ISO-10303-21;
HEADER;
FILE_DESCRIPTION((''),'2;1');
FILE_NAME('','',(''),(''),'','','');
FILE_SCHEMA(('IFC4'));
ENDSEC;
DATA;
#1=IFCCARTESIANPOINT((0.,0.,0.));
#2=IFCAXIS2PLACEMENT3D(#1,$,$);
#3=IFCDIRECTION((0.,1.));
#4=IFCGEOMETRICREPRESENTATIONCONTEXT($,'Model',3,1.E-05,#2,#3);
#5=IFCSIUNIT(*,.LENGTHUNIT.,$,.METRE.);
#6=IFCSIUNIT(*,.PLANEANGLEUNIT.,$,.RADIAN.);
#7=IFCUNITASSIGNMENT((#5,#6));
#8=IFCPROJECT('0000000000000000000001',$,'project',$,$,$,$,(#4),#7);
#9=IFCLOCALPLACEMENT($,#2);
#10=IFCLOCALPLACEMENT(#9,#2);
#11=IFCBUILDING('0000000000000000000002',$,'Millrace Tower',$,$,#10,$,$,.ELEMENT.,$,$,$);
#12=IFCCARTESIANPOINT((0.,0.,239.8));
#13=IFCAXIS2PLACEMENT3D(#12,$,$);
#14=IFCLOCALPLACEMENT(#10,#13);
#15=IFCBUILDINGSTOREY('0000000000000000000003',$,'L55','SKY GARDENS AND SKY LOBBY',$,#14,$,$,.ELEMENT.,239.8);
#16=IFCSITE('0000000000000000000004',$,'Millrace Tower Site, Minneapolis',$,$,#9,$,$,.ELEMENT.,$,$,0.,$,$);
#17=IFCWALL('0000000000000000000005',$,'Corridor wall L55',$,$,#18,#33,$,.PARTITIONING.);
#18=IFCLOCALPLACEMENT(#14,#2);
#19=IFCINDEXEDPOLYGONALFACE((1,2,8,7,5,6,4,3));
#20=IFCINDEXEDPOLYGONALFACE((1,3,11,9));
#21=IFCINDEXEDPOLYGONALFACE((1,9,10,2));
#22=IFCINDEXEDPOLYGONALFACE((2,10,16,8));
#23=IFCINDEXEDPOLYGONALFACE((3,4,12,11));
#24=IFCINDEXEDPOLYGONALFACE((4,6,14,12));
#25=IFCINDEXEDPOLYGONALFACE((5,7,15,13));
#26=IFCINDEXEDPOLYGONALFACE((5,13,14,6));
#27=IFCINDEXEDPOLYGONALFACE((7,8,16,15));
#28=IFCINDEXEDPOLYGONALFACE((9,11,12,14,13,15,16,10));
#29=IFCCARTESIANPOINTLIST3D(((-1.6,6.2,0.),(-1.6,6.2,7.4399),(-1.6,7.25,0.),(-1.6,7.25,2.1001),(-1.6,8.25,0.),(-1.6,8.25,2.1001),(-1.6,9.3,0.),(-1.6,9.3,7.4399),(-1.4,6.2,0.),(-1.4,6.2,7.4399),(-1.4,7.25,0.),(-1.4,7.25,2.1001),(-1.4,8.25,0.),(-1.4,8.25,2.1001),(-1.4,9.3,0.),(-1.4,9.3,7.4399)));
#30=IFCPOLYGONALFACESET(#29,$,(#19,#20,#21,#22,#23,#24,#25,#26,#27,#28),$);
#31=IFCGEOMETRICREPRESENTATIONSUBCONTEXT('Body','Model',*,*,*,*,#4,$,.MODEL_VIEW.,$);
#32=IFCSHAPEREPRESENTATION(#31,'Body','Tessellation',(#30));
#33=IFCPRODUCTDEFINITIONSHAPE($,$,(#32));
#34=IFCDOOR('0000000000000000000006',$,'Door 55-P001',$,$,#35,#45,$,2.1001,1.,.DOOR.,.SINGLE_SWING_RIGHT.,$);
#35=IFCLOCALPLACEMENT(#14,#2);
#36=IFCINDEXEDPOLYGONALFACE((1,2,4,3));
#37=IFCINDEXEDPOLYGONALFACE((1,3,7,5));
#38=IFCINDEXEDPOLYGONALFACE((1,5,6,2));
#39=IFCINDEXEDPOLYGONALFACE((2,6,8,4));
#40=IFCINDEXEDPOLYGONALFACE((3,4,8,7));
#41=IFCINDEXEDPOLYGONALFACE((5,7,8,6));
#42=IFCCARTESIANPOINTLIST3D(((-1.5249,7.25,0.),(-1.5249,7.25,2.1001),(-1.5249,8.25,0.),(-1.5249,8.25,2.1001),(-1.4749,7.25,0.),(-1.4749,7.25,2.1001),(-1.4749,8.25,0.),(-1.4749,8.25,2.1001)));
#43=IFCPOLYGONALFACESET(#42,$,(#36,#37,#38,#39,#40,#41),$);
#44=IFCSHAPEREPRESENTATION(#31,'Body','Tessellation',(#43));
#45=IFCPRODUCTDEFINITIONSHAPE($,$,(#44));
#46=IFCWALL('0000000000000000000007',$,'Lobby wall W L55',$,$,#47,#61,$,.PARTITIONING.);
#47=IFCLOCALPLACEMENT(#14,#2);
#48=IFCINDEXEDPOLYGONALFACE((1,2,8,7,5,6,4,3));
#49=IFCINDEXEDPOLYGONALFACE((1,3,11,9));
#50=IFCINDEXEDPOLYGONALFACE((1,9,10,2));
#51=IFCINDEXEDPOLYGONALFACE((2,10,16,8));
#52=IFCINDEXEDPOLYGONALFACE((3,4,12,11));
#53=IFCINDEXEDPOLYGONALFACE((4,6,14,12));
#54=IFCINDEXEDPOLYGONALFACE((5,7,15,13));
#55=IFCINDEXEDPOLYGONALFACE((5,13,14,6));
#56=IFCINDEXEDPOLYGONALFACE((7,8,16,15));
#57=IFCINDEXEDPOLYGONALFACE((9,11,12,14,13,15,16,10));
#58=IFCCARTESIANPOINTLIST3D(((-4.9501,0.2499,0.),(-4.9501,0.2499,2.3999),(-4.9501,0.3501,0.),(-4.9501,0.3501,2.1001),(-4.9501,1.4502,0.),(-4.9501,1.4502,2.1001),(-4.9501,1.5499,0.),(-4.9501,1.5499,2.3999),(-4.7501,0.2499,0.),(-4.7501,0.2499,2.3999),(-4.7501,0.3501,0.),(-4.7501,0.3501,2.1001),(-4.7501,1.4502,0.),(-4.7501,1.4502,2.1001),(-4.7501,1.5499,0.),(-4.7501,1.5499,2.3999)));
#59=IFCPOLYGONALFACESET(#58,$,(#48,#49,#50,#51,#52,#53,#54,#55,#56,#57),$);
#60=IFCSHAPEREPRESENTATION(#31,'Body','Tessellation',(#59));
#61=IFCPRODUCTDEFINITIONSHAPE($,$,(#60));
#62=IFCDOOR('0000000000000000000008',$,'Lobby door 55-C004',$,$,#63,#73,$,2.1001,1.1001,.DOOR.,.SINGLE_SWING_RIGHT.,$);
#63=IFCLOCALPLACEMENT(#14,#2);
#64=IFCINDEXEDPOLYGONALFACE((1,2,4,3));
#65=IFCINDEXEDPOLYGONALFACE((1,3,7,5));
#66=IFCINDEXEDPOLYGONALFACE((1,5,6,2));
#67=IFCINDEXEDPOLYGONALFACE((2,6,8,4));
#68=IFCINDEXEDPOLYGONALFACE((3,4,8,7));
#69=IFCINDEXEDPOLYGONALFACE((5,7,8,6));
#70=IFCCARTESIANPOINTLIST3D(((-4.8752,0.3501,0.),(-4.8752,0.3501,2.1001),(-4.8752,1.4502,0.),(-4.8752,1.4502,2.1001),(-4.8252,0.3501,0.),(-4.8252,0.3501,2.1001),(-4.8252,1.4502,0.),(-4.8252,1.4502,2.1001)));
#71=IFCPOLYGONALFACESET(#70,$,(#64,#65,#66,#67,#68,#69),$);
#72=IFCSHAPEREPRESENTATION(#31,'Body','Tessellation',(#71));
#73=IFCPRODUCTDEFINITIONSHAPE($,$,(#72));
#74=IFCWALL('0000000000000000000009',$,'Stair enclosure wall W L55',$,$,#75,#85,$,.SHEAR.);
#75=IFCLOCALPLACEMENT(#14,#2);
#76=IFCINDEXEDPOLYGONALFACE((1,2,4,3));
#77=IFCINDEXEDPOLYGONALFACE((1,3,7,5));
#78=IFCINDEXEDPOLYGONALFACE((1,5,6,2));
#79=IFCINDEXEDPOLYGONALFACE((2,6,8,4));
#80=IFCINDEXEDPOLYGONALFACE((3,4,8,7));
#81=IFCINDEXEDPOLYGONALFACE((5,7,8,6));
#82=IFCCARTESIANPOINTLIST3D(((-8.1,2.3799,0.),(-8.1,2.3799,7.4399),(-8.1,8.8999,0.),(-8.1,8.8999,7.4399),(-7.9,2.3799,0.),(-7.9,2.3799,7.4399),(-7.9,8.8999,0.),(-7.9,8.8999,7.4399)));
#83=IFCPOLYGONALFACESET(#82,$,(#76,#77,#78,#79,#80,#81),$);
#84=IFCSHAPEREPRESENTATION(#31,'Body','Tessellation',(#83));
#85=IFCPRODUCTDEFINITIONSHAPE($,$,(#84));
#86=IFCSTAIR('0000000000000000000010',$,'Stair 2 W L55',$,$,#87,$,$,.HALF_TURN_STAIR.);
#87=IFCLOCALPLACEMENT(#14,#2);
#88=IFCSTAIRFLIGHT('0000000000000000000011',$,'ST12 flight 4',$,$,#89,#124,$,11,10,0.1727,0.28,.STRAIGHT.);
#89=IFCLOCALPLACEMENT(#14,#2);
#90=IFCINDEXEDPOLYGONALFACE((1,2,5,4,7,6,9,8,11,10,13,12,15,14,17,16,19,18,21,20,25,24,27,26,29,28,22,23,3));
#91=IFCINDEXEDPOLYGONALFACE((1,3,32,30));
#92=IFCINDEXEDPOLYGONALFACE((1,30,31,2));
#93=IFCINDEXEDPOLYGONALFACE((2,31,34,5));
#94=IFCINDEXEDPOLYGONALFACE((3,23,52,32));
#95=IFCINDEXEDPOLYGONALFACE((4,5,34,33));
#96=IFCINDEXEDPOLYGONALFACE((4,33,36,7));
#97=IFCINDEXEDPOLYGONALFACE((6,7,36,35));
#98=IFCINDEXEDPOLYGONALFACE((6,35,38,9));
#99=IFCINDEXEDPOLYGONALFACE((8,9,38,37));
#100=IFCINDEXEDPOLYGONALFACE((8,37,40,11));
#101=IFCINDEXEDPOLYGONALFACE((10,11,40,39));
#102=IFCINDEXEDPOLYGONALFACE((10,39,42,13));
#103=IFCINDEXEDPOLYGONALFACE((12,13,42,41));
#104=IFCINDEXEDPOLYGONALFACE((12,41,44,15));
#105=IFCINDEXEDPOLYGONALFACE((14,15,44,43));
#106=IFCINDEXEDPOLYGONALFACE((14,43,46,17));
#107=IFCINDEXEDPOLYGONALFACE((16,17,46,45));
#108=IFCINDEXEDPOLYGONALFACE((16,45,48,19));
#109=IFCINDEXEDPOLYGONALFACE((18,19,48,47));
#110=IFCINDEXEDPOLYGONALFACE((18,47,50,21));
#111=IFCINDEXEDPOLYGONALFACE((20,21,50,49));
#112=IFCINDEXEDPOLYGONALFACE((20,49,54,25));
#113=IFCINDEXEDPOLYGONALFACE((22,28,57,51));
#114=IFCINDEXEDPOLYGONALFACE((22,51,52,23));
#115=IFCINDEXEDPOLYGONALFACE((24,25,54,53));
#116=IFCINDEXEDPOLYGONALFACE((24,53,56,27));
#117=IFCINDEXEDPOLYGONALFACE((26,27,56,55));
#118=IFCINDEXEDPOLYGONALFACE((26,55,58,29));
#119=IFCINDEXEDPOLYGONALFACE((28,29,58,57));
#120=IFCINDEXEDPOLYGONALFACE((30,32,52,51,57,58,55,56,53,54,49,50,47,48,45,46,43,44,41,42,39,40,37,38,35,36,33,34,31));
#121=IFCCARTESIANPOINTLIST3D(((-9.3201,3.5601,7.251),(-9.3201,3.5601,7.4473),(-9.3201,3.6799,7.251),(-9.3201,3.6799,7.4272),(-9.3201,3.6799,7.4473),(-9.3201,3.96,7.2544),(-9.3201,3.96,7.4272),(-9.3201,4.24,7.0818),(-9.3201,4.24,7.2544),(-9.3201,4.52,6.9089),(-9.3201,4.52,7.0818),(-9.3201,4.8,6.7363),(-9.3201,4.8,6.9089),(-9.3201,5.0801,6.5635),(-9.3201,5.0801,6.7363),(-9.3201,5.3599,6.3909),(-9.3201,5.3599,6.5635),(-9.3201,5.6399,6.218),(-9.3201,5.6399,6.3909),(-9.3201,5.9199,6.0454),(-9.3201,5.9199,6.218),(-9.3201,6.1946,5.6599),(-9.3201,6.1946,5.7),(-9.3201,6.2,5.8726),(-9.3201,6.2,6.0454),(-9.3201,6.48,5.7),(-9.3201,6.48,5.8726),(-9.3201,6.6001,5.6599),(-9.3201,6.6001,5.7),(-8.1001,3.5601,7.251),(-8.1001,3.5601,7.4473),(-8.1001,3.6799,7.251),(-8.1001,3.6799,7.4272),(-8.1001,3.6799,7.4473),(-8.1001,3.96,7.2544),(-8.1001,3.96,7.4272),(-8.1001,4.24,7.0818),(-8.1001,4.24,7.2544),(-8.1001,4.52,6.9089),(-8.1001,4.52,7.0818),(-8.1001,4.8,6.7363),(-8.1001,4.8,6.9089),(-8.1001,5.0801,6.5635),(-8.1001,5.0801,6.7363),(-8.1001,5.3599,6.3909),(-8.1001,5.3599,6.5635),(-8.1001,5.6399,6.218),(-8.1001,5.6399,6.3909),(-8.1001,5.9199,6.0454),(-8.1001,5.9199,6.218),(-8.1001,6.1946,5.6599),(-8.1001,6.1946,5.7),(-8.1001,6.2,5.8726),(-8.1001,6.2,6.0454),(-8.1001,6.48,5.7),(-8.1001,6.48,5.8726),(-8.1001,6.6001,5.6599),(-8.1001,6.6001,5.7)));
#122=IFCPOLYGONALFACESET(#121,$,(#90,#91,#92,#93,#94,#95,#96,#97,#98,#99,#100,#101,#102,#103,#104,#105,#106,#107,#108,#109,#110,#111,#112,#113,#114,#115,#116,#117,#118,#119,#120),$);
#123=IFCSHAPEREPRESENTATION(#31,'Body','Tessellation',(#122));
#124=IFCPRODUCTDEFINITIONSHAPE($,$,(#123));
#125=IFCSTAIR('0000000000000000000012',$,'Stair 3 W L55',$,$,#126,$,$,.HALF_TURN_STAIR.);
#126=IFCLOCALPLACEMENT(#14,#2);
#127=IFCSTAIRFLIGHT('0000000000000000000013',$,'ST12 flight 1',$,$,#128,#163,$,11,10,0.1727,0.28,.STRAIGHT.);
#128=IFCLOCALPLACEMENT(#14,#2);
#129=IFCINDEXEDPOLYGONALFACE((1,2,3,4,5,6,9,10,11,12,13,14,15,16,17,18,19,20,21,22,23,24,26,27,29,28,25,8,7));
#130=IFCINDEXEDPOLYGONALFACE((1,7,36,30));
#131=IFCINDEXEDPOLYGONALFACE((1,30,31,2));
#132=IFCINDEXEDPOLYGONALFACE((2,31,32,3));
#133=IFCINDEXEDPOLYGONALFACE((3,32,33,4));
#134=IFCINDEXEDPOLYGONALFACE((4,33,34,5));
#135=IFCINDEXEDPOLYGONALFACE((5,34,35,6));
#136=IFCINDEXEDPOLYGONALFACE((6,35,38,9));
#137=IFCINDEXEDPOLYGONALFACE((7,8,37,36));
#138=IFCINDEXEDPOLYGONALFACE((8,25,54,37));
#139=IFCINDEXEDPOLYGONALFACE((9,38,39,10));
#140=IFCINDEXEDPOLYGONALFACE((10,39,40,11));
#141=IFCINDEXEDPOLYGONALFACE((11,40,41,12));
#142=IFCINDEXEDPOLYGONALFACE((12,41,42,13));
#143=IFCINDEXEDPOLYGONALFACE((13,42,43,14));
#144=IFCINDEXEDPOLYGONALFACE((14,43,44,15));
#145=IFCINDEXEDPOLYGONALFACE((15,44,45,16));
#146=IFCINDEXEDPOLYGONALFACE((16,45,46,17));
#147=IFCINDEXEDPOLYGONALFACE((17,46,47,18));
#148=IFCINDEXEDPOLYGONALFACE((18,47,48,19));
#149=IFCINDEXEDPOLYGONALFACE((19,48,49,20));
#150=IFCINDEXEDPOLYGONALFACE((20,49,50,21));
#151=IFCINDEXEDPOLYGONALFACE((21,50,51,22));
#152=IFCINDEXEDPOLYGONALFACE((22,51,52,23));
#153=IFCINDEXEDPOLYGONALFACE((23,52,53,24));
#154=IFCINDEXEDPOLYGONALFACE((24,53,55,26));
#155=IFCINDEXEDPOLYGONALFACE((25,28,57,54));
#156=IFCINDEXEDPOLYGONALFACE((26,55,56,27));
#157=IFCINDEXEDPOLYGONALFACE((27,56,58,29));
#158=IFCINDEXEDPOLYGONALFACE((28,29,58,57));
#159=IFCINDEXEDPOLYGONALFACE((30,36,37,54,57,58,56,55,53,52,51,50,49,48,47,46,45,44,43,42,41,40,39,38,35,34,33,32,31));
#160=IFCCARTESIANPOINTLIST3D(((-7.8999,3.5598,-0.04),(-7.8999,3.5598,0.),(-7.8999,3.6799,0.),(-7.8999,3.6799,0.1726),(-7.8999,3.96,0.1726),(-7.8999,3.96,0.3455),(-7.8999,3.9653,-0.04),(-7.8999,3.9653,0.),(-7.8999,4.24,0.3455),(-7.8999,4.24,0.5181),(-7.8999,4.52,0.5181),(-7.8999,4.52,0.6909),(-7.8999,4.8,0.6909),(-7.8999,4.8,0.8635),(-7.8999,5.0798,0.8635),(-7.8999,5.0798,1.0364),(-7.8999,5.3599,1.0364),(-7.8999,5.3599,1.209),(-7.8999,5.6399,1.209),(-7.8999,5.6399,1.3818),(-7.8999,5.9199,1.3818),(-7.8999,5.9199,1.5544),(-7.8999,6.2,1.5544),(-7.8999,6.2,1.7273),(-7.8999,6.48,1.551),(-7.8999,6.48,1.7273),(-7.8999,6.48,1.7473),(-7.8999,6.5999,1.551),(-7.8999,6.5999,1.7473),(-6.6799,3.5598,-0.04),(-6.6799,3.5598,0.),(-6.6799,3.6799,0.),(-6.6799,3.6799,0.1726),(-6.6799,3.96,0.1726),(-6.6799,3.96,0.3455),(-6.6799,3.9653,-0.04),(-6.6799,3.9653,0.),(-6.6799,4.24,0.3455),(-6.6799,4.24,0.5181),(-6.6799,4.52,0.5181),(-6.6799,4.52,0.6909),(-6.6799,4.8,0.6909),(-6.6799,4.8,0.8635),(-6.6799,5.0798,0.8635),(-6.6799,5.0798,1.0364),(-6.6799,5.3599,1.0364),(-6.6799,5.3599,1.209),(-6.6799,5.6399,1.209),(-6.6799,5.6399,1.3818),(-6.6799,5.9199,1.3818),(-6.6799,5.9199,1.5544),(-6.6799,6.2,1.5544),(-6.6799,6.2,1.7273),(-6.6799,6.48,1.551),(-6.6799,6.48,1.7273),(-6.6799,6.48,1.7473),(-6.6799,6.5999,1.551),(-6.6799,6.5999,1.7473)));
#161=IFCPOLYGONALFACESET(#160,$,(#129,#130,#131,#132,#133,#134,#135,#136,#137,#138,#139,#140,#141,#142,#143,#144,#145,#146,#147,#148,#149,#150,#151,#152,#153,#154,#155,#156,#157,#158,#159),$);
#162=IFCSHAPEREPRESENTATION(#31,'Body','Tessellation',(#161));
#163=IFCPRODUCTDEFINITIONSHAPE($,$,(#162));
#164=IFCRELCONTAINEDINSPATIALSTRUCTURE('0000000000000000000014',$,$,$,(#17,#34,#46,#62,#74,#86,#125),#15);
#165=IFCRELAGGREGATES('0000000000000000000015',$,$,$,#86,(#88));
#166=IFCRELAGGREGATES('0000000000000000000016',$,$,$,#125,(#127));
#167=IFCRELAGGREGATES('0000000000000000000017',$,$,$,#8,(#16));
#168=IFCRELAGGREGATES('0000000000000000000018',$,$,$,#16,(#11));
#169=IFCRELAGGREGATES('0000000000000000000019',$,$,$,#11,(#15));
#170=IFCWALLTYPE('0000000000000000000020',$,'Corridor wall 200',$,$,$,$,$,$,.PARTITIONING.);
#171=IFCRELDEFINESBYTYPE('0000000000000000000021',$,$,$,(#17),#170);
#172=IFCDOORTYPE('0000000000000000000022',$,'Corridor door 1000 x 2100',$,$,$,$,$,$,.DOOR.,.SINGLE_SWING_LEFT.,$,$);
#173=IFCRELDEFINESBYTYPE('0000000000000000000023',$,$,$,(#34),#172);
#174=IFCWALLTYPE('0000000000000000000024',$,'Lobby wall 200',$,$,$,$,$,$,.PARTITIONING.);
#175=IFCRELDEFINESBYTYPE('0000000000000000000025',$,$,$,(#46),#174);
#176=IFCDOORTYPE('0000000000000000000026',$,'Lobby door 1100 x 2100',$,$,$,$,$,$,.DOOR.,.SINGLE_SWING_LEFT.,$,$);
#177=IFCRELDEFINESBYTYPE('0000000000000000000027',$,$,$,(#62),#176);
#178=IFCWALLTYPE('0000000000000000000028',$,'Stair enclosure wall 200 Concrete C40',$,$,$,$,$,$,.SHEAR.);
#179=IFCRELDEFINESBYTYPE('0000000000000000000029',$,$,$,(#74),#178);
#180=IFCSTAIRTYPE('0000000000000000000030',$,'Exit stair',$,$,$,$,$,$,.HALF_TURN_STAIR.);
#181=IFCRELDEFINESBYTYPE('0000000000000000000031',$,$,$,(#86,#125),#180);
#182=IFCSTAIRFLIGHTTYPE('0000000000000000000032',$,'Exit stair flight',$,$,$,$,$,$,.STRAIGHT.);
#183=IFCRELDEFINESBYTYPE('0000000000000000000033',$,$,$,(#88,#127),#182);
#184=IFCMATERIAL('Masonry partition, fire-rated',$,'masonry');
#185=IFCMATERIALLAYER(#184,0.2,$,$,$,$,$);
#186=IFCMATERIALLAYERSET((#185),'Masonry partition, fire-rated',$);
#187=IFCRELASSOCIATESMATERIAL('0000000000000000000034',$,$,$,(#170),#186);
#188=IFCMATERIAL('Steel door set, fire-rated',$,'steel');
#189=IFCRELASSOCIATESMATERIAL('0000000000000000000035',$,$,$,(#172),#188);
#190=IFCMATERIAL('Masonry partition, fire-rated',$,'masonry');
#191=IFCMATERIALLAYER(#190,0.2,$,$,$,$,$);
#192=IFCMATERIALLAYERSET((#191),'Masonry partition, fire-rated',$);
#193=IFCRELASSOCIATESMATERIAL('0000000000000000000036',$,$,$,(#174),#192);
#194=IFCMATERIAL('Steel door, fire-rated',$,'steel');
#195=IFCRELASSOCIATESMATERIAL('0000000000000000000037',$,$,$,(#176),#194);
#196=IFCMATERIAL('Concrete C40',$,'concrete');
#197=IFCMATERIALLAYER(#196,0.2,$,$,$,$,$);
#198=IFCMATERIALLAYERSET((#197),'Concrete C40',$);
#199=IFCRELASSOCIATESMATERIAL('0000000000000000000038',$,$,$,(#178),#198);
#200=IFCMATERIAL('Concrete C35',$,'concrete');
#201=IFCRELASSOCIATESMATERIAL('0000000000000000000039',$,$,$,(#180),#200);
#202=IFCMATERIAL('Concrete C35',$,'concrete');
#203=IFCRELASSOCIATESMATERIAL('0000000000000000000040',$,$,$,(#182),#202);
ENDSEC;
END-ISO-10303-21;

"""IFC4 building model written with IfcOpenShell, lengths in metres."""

from ifc_helpers import new_model, si_unit, direction, frame, frame_2d, origin, place, context, subcontext, project, spatial, polyline, rectangle, outline, extrude, material, layer, layer_set, type_object, element, fill, aggregate, save


model = new_model("IFC4")

# Units and contexts
model_context = context("Model", 3, precision=1e-05, world=origin(), true_north=direction((0.0, 1.0)))
body_context = subcontext(model_context, "Body", "Model", "MODEL_VIEW")
ifc_project = project(units=[si_unit("LENGTHUNIT", "METRE"), si_unit("PLANEANGLEUNIT", "RADIAN")], contexts=[model_context])

# Site, building, storey
site_placement = place(None, origin())
site = spatial("IfcSite", under=ifc_project, at=site_placement, Name="Millrace Tower Site, Minneapolis", CompositionType="ELEMENT", RefElevation=0.0)
building_placement = place(site_placement, origin())
building = spatial("IfcBuilding", under=site, at=building_placement, Name="Millrace Tower", CompositionType="ELEMENT")
storey_placement = place(building_placement, frame((0.0, 0.0, 239.8)))
storey = spatial("IfcBuildingStorey", under=building, at=storey_placement, Name="L55", Description="SKY GARDENS AND SKY LOBBY", CompositionType="ELEMENT", Elevation=239.8)

# Shared definitions
placement_1 = place(storey_placement, origin())

# Shared definitions
ifc_material_1 = material(Name="Masonry partition, fire-rated", Category="masonry")
ifc_layer_1 = layer(ifc_material_1, 0.2)
ifc_layer_set_1 = layer_set([ifc_layer_1], Name="Masonry partition, fire-rated")
wall_type_1 = type_object("IfcWallType", Name="Corridor wall 200", PredefinedType="PARTITIONING", material=ifc_layer_set_1)

# Walls, openings, doors
wall_1_placement = place(storey_placement, frame((-1.5, 6.2, 0.0), z_axis=(0.0, 0.0, 1.0), x_axis=(0.0, 1.0, 0.0)))
wall_1 = element("IfcWall", 1, at=wall_1_placement, inside=storey, type_object=wall_type_1, Name="Corridor wall L55", PredefinedType="PARTITIONING", context=body_context, shape_type="SweptSolid", body=[
    extrude(rectangle(XDim=3.1001, YDim=0.2, at=frame_2d((1.55, 0.0))), origin(), (0.0, 0.0, 1.0), 7.4399),
])
opening_1_placement = place(wall_1_placement, frame((1.05, 0.0, 0.0)))
opening_1 = element("IfcOpeningElement", 2, at=opening_1_placement, cuts=wall_1, PredefinedType="OPENING", context=body_context, shape_type="SweptSolid", body=[
    extrude(rectangle(XDim=1.0, YDim=2.1001, at=frame_2d((0.5, 1.05))), frame((0.0, 0.1099, 0.0), z_axis=(0.0, -1.0, 0.0), x_axis=(1.0, 0.0, 0.0)), (0.0, 0.0, 1.0), 0.22),
])
ifc_material_2 = material(Name="Steel door set, fire-rated", Category="steel")
door_type_1 = type_object("IfcDoorType", Name="Corridor door 1000 x 2100", OperationType="SINGLE_SWING_LEFT", PredefinedType="DOOR", material=ifc_material_2)
door_1_placement = place(opening_1_placement, origin())
door_1 = element("IfcDoor", 3, at=door_1_placement, inside=storey, type_object=door_type_1, Name="Door 55-P001", OperationType="SINGLE_SWING_RIGHT", OverallHeight=2.1001, OverallWidth=1.0, PredefinedType="DOOR", context=body_context, shape_type="SweptSolid", body=[
    extrude(rectangle(XDim=1.0, YDim=2.1001, at=frame_2d((0.5, 1.05))), frame((0.0, 0.0249, 0.0), z_axis=(0.0, -1.0, 0.0), x_axis=(1.0, 0.0, 0.0)), (0.0, 0.0, 1.0), 0.05),
])
fill(opening_1, door_1)
ifc_material_3 = material(Name="Masonry partition, fire-rated", Category="masonry")
ifc_layer_2 = layer(ifc_material_3, 0.2)
ifc_layer_set_2 = layer_set([ifc_layer_2], Name="Masonry partition, fire-rated")
wall_type_2 = type_object("IfcWallType", Name="Lobby wall 200", PredefinedType="PARTITIONING", material=ifc_layer_set_2)
wall_2_placement = place(storey_placement, frame((-4.8501, 0.25, 0.0), z_axis=(0.0, 0.0, 1.0), x_axis=(0.0, 1.0, 0.0)))
wall_2 = element("IfcWall", 4, at=wall_2_placement, inside=storey, type_object=wall_type_2, Name="Lobby wall W L55", PredefinedType="PARTITIONING", context=body_context, shape_type="SweptSolid", body=[
    extrude(rectangle(XDim=1.3, YDim=0.2, at=frame_2d((0.6499, 0.0))), origin(), (0.0, 0.0, 1.0), 2.3999),
])
opening_2_placement = place(wall_2_placement, frame((0.1001, 0.0, 0.0)))
opening_2 = element("IfcOpeningElement", 5, at=opening_2_placement, cuts=wall_2, PredefinedType="OPENING", context=body_context, shape_type="SweptSolid", body=[
    extrude(rectangle(XDim=1.1001, YDim=2.1001, at=frame_2d((0.55, 1.05))), frame((0.0, 0.1099, 0.0), z_axis=(0.0, -1.0, 0.0), x_axis=(1.0, 0.0, 0.0)), (0.0, 0.0, 1.0), 0.22),
])
ifc_material_4 = material(Name="Steel door, fire-rated", Category="steel")
door_type_2 = type_object("IfcDoorType", Name="Lobby door 1100 x 2100", OperationType="SINGLE_SWING_LEFT", PredefinedType="DOOR", material=ifc_material_4)
door_2_placement = place(opening_2_placement, frame((1.1001, 0.0, 0.0), z_axis=(0.0, 0.0, 1.0), x_axis=(-1.0, 0.0, 0.0)))
door_2 = element("IfcDoor", 6, at=door_2_placement, inside=storey, type_object=door_type_2, Name="Lobby door 55-C004", OperationType="SINGLE_SWING_RIGHT", OverallHeight=2.1001, OverallWidth=1.1001, PredefinedType="DOOR", context=body_context, shape_type="SweptSolid", body=[
    extrude(rectangle(XDim=1.1001, YDim=2.1001, at=frame_2d((0.55, 1.05))), frame((0.0, 0.0249, 0.0), z_axis=(0.0, -1.0, 0.0), x_axis=(1.0, 0.0, 0.0)), (0.0, 0.0, 1.0), 0.05),
])
fill(opening_2, door_2)

# Wall
ifc_material_5 = material(Name="Concrete C40", Category="concrete")
ifc_layer_3 = layer(ifc_material_5, 0.2)
ifc_layer_set_3 = layer_set([ifc_layer_3], Name="Concrete C40")
wall_type_3 = type_object("IfcWallType", Name="Stair enclosure wall 200 Concrete C40", PredefinedType="SHEAR", material=ifc_layer_set_3)
wall_3_placement = place(storey_placement, frame((-8.0, 2.3799, 0.0), z_axis=(0.0, 0.0, 1.0), x_axis=(0.0, 1.0, 0.0)))
element("IfcWall", 7, at=wall_3_placement, inside=storey, type_object=wall_type_3, Name="Stair enclosure wall W L55", PredefinedType="SHEAR", context=body_context, shape_type="SweptSolid", body=[
    extrude(rectangle(XDim=6.52, YDim=0.2, at=frame_2d((3.26, 0.0))), origin(), (0.0, 0.0, 1.0), 7.4399),
])

# Stair, stair flight
ifc_material_6 = material(Name="Concrete C35", Category="concrete")
stair_type = type_object("IfcStairType", Name="Exit stair", PredefinedType="HALF_TURN_STAIR", material=ifc_material_6)
stair_1 = element("IfcStair", 8, at=placement_1, inside=storey, type_object=stair_type, Name="Stair 2 W L55", PredefinedType="HALF_TURN_STAIR")
ifc_material_7 = material(Name="Concrete C35", Category="concrete")
stair_flight_type = type_object("IfcStairFlightType", Name="Exit stair flight", PredefinedType="STRAIGHT", material=ifc_material_7)
stair_flight_1_placement = place(storey_placement, frame((-8.71, 6.48, 5.7), z_axis=(0.0, 0.0, 1.0), x_axis=(0.0, -1.0, 0.0)))
stair_flight_1 = element("IfcStairFlight", 9, at=stair_flight_1_placement, type_object=stair_flight_type, Name="ST12 flight 4", NumberOfRisers=11, NumberOfTreads=10, PredefinedType="STRAIGHT", RiserHeight=0.1727, TreadLength=0.28, context=body_context, shape_type="SweptSolid", body=[
    extrude(outline(polyline([(-0.1201, -0.04), (-0.1201, 0.0), (0.0, 0.0), (0.0, 0.1726), (0.28, 0.1726), (0.28, 0.3455), (0.5601, 0.3455), (0.5601, 0.5181), (0.8401, 0.5181), (0.8401, 0.6909), (1.1201, 0.6909), (1.1201, 0.8635), (1.3999, 0.8635), (1.3999, 1.0364), (1.6799, 1.0364), (1.6799, 1.209), (1.96, 1.209), (1.96, 1.3818), (2.24, 1.3818), (2.24, 1.5544), (2.52, 1.5544), (2.52, 1.7273), (2.8, 1.7273), (2.8, 1.7473), (2.9199, 1.7473), (2.9199, 1.551), (2.8, 1.551), (0.2854, 0.0), (0.2854, -0.04), (-0.1201, -0.04)])), frame((0.0, 0.6099, 0.0), z_axis=(0.0, -1.0, 0.0), x_axis=(1.0, 0.0, 0.0)), (0.0, 0.0, 1.0), 1.22),
])
aggregate(stair_1, [stair_flight_1])

# Stair, stair flight
stair_2 = element("IfcStair", 10, at=placement_1, inside=storey, type_object=stair_type, Name="Stair 3 W L55", PredefinedType="HALF_TURN_STAIR")
stair_flight_2_placement = place(storey_placement, frame((-7.29, 3.6799, 0.0), z_axis=(0.0, 0.0, 1.0), x_axis=(0.0, 1.0, 0.0)))
stair_flight_2 = element("IfcStairFlight", 11, at=stair_flight_2_placement, type_object=stair_flight_type, Name="ST12 flight 1", NumberOfRisers=11, NumberOfTreads=10, PredefinedType="STRAIGHT", RiserHeight=0.1727, TreadLength=0.28, context=body_context, shape_type="SweptSolid", body=[
    extrude(outline(polyline([(-0.1201, -0.04), (-0.1201, 0.0), (0.0, 0.0), (0.0, 0.1726), (0.28, 0.1726), (0.28, 0.3455), (0.5601, 0.3455), (0.5601, 0.5181), (0.8401, 0.5181), (0.8401, 0.6909), (1.1201, 0.6909), (1.1201, 0.8635), (1.3999, 0.8635), (1.3999, 1.0364), (1.6799, 1.0364), (1.6799, 1.209), (1.96, 1.209), (1.96, 1.3818), (2.24, 1.3818), (2.24, 1.5544), (2.52, 1.5544), (2.52, 1.7273), (2.8, 1.7273), (2.8, 1.7473), (2.9199, 1.7473), (2.9199, 1.551), (2.8, 1.551), (0.2854, 0.0), (0.2854, -0.04), (-0.1201, -0.04)])), frame((0.0, 0.6099, 0.0), z_axis=(0.0, -1.0, 0.0), x_axis=(1.0, 0.0, 0.0)), (0.0, 0.0, 1.0), 1.22),
])
aggregate(stair_2, [stair_flight_2])

save(model, "model.ifc")
